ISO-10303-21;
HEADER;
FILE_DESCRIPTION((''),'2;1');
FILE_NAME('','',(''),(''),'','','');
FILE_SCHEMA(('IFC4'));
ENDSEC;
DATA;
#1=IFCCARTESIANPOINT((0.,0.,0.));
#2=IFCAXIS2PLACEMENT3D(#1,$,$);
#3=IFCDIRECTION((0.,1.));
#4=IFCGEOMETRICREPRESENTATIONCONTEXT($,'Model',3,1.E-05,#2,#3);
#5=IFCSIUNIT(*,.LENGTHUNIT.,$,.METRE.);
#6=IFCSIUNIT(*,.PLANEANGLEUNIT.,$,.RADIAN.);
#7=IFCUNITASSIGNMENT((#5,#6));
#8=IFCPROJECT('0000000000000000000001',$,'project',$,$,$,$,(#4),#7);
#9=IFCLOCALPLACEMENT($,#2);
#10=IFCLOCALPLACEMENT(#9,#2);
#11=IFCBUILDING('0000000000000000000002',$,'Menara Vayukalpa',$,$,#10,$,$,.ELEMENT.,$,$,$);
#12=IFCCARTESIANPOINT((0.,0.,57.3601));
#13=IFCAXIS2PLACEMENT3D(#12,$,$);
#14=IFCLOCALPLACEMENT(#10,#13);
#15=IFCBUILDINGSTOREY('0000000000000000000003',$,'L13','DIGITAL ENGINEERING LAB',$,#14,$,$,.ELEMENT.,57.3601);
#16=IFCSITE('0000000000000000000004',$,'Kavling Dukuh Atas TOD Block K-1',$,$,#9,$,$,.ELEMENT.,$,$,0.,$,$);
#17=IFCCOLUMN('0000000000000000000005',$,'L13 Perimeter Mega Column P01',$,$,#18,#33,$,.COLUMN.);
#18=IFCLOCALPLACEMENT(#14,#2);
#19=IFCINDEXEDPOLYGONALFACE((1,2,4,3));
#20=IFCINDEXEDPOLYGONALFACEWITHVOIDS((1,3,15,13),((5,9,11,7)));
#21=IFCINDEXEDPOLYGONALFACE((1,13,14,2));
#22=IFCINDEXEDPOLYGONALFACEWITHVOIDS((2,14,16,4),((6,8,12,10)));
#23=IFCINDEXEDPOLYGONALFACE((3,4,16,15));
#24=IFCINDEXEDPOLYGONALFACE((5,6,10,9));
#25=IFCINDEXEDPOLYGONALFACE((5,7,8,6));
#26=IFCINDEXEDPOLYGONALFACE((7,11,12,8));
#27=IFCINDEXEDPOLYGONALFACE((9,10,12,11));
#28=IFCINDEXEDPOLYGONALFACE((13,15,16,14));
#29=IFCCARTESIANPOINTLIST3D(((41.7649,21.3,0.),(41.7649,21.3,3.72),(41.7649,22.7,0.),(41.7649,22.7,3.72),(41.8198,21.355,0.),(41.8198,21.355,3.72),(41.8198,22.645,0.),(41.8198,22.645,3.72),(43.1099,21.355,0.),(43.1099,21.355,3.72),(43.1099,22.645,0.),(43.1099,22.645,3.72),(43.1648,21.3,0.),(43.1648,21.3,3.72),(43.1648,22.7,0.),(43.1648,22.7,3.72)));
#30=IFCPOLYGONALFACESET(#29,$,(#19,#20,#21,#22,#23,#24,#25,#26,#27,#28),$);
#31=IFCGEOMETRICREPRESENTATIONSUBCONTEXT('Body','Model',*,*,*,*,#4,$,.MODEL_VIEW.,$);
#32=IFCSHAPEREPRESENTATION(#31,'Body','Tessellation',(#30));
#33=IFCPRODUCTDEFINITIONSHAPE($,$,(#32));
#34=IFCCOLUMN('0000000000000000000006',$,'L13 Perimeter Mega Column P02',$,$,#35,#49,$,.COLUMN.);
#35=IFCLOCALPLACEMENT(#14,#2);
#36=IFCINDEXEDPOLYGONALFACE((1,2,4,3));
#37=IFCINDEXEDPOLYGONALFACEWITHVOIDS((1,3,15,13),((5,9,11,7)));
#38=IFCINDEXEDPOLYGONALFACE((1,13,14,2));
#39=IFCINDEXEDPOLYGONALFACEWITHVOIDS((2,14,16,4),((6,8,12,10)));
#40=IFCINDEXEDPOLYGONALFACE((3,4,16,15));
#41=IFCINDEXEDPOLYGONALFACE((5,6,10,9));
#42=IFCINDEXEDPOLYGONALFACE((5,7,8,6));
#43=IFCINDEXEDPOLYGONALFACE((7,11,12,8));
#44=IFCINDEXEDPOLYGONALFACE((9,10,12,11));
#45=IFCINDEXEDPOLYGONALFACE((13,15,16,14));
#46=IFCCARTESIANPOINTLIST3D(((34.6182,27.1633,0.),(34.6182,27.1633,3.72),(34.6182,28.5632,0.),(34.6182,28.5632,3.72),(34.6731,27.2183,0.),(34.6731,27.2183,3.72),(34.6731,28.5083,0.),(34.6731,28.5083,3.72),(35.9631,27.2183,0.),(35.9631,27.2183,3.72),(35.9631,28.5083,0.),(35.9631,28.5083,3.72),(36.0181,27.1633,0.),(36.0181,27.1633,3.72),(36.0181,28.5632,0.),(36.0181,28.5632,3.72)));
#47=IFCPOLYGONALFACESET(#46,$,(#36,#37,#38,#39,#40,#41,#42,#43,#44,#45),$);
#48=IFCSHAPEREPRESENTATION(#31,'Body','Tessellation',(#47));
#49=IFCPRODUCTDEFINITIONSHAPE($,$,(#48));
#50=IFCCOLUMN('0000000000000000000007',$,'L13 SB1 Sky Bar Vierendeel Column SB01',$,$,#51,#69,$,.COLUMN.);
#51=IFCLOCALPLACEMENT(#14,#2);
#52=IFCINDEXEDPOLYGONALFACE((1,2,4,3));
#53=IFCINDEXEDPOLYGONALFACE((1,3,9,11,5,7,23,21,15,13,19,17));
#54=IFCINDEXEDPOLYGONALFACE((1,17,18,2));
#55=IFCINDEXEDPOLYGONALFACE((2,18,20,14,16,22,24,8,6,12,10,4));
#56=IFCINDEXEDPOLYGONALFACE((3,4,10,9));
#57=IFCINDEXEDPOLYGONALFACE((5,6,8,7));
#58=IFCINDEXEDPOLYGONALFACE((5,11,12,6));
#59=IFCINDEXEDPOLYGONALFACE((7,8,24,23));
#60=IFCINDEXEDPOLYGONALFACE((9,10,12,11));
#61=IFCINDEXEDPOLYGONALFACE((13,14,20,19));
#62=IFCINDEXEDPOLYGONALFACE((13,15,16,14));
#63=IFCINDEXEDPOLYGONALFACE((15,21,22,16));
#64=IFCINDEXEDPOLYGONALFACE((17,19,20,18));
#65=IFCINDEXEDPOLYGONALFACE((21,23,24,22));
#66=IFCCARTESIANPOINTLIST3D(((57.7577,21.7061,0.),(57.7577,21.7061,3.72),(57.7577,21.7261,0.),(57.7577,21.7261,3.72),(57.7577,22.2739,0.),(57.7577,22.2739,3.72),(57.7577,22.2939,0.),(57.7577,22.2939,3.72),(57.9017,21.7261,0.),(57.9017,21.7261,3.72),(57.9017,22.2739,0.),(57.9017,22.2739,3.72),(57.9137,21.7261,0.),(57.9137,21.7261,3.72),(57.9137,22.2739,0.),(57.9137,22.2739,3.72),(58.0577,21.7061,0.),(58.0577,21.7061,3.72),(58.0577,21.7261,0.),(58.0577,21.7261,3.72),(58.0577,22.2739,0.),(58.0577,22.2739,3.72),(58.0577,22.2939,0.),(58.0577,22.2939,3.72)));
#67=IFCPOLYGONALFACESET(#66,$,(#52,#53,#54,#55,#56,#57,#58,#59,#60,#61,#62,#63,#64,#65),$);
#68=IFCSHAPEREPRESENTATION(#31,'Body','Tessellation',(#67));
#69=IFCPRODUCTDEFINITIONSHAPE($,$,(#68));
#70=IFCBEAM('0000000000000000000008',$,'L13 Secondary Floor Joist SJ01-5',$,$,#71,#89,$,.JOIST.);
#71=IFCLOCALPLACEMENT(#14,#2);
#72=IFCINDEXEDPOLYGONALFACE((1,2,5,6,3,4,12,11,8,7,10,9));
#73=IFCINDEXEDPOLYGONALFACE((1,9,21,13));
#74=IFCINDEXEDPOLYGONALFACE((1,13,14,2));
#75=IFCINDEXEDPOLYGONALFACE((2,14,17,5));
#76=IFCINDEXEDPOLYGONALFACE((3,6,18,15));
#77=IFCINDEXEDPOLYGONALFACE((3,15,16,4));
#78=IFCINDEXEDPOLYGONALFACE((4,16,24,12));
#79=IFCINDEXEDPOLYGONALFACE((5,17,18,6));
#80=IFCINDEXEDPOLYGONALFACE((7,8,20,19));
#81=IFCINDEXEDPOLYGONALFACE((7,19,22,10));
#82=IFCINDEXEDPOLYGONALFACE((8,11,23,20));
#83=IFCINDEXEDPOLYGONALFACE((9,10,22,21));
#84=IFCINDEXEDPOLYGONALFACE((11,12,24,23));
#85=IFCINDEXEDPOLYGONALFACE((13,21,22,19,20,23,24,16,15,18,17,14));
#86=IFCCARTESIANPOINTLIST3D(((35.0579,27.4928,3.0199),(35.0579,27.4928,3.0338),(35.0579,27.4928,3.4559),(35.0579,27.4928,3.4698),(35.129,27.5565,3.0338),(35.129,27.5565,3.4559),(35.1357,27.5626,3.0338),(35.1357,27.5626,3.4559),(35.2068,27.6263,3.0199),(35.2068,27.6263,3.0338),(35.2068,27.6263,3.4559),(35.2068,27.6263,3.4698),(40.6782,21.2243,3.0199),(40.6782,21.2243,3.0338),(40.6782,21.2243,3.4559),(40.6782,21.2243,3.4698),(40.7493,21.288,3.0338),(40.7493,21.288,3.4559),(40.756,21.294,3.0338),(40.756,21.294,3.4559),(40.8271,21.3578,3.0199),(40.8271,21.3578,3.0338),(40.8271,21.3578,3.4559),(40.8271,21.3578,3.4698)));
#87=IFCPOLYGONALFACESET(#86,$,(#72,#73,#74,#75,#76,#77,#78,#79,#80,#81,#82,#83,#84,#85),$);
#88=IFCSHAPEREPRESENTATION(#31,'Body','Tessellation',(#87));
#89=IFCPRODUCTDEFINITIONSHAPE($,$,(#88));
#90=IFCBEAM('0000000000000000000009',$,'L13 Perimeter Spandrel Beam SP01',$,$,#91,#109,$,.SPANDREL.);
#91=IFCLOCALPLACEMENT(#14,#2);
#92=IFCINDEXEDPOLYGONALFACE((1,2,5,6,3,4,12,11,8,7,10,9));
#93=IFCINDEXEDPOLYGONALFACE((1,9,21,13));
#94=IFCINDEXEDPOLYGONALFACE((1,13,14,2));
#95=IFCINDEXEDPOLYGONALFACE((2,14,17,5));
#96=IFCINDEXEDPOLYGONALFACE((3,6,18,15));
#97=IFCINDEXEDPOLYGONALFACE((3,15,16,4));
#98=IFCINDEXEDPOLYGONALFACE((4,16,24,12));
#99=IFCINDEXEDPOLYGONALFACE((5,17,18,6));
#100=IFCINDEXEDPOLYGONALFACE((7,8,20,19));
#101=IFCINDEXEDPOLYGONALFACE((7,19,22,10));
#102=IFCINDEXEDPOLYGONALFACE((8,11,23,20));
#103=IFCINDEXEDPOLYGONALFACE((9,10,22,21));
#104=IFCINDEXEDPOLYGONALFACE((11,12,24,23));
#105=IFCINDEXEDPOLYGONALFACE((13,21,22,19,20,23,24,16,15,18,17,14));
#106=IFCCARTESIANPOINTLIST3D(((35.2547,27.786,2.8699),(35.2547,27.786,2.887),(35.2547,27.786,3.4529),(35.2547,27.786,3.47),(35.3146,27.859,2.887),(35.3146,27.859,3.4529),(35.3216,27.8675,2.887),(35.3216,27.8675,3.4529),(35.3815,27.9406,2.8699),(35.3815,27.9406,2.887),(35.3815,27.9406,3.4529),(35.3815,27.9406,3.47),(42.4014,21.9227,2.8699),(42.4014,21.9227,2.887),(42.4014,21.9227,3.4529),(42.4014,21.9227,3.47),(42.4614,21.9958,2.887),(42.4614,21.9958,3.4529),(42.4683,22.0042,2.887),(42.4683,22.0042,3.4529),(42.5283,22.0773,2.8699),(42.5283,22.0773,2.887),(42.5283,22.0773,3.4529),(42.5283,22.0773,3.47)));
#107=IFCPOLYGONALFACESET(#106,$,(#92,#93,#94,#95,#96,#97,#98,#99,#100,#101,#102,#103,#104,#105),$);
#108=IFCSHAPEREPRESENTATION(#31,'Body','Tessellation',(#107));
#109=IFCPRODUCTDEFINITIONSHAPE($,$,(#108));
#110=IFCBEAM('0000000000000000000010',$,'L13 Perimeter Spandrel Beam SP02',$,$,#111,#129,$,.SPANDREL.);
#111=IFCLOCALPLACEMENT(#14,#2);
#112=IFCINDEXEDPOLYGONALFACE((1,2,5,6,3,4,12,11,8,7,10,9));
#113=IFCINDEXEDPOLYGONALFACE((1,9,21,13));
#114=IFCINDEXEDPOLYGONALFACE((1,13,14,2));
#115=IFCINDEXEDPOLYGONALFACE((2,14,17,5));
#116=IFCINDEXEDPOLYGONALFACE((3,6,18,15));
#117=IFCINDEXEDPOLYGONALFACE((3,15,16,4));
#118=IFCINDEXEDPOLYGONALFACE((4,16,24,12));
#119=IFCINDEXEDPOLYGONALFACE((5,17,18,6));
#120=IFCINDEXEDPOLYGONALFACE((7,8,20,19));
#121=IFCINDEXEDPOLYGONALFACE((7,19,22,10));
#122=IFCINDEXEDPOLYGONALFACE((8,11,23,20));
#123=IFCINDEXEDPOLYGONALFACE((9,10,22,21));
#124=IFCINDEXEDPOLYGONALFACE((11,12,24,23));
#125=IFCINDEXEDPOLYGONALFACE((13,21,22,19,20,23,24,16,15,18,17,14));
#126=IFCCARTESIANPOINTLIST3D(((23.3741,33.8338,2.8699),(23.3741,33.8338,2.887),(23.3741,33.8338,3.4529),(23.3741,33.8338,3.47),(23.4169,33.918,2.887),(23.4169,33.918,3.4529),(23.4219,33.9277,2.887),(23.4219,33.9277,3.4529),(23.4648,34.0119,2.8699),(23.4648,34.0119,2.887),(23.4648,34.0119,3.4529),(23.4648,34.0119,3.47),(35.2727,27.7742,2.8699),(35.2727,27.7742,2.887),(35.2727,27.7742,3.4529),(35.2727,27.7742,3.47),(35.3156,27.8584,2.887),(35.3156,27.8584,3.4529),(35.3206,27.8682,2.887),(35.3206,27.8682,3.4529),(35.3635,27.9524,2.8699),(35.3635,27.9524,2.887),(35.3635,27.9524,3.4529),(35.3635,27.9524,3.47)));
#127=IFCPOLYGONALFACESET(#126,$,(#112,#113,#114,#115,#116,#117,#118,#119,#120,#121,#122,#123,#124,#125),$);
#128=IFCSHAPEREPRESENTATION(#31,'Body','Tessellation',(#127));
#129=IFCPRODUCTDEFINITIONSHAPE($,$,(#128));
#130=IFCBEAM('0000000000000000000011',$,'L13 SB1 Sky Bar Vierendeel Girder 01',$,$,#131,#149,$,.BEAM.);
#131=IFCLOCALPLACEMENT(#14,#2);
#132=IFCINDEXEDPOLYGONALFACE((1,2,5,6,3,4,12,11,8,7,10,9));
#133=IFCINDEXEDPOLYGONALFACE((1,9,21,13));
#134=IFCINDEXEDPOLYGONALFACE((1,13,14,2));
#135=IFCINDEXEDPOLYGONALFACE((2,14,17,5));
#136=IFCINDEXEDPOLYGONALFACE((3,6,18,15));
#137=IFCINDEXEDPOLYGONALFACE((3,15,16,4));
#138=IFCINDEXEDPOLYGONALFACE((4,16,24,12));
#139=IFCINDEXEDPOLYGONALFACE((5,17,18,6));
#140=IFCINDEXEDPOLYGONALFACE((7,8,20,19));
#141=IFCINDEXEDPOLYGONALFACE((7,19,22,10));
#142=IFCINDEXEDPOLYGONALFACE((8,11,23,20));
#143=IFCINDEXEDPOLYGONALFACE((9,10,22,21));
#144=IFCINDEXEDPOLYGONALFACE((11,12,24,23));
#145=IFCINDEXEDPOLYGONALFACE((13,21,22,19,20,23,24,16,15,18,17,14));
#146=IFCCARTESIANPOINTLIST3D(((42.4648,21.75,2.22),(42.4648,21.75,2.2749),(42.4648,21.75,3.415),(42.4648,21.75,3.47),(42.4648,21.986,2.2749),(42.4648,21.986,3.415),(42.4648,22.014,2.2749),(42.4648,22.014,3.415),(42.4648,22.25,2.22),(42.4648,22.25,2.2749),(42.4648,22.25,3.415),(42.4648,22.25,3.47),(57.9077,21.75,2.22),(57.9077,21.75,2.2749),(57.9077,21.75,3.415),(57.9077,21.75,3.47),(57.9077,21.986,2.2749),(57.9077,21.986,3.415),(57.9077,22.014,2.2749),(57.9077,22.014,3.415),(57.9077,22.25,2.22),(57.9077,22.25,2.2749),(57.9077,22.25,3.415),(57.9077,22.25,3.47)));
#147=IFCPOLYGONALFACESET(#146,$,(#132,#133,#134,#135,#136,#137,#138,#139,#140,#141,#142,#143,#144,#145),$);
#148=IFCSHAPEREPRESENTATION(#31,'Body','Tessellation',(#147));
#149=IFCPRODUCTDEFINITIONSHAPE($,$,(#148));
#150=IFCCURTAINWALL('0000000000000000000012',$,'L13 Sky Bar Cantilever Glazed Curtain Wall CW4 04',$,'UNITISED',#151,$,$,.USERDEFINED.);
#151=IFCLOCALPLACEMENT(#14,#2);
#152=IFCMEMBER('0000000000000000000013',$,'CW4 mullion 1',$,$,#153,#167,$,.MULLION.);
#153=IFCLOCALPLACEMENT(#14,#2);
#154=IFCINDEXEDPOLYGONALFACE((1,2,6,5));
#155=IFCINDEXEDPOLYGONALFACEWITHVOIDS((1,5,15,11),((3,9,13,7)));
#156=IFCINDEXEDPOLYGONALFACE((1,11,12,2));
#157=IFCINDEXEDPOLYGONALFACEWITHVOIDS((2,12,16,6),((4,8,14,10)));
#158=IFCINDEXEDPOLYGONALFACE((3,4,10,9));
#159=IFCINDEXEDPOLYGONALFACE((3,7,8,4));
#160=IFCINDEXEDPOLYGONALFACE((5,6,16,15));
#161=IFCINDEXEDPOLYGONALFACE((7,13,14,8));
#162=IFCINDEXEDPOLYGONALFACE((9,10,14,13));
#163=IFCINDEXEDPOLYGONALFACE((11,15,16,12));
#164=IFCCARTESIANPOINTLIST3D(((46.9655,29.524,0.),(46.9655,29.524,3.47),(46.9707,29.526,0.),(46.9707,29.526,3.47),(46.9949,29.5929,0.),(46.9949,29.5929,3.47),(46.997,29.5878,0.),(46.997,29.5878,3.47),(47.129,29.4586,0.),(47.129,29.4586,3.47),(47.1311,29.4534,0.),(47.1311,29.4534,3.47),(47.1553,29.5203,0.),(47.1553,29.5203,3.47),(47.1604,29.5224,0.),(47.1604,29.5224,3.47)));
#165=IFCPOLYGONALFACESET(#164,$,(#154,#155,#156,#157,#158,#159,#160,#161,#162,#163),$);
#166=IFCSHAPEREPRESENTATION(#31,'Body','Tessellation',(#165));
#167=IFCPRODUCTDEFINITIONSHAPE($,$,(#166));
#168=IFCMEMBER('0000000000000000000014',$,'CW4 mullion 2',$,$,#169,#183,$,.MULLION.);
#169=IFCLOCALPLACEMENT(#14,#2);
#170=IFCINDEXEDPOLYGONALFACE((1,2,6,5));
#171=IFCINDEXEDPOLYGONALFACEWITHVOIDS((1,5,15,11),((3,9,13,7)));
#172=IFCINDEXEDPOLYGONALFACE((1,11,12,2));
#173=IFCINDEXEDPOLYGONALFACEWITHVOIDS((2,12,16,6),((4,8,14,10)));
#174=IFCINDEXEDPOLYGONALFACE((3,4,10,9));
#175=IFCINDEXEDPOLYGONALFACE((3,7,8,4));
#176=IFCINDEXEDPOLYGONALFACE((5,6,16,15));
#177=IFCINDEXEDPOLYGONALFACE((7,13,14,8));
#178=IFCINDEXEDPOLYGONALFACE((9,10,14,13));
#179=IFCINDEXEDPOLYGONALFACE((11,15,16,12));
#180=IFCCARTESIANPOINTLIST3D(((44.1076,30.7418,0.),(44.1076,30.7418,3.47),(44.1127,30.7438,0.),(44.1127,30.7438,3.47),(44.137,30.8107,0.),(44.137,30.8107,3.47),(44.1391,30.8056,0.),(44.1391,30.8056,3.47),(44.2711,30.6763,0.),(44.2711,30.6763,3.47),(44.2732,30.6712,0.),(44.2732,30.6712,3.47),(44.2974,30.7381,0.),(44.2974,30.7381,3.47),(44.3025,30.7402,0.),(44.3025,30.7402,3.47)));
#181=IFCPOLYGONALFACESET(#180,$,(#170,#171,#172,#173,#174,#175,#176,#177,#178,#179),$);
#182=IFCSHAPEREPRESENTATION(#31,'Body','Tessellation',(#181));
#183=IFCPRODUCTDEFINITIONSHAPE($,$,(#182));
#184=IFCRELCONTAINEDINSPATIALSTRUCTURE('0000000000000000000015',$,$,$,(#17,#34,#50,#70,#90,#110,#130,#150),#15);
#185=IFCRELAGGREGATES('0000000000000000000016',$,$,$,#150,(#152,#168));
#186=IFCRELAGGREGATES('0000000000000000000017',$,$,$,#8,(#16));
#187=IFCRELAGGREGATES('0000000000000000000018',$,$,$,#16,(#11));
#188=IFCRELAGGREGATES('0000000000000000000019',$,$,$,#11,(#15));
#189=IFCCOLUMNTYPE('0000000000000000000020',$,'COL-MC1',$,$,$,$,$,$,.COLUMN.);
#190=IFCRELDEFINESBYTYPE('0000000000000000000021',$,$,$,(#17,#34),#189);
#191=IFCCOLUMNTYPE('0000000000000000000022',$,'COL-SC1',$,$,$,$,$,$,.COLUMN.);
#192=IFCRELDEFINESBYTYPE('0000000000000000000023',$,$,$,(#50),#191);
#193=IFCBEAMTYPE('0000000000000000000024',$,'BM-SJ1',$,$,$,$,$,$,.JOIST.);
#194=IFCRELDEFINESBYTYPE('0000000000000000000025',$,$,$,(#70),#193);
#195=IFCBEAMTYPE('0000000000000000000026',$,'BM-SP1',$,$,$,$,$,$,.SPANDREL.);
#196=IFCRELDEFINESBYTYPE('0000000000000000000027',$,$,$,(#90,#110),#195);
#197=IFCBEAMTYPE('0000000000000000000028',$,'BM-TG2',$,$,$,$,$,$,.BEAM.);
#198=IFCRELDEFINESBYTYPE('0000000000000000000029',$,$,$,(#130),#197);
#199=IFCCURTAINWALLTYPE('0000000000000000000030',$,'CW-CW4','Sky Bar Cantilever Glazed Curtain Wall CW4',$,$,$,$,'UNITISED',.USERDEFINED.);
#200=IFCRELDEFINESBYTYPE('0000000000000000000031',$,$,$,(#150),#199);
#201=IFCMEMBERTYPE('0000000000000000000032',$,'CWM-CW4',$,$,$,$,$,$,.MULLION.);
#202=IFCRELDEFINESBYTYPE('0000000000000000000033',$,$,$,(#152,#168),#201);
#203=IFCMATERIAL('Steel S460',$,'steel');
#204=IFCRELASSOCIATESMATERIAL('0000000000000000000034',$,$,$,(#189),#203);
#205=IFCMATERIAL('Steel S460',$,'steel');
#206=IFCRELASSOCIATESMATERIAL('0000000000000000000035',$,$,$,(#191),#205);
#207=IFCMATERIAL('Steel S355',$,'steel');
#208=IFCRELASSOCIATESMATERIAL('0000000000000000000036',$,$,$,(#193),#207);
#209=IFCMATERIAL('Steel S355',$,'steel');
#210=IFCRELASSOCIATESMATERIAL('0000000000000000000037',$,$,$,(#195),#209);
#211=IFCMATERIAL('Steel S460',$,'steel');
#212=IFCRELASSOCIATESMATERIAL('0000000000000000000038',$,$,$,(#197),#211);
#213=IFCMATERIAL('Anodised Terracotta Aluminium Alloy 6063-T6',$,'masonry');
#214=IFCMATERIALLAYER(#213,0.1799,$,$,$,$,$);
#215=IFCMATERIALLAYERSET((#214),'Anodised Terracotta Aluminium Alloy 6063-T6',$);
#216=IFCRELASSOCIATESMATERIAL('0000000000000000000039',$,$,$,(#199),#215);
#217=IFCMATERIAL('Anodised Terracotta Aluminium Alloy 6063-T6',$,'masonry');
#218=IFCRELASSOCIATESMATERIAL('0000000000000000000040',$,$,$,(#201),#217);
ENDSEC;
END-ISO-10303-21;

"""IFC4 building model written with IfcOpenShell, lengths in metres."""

from ifc_helpers import new_model, si_unit, direction, frame, origin, origin_2d, place, context, subcontext, project, spatial, hollow_rectangle, i_section, extrude, material, layer, layer_set, material_profile, profile_set, type_object, element, aggregate, save


model = new_model("IFC4")

# Units and contexts
model_context = context("Model", 3, precision=1e-05, world=origin(), true_north=direction((0.0, 1.0)))
body_context = subcontext(model_context, "Body", "Model", "MODEL_VIEW")
ifc_project = project(units=[si_unit("LENGTHUNIT", "METRE"), si_unit("PLANEANGLEUNIT", "RADIAN")], contexts=[model_context])

# Site, building, storey
site_placement = place(None, origin())
site = spatial("IfcSite", under=ifc_project, at=site_placement, Name="Kavling Dukuh Atas TOD Block K-1", CompositionType="ELEMENT", RefElevation=0.0)
building_placement = place(site_placement, origin())
building = spatial("IfcBuilding", under=site, at=building_placement, Name="Menara Vayukalpa", CompositionType="ELEMENT")
storey_placement = place(building_placement, frame((0.0, 0.0, 57.3601)))
storey = spatial("IfcBuildingStorey", under=building, at=storey_placement, Name="L13", Description="DIGITAL ENGINEERING LAB", CompositionType="ELEMENT", Elevation=57.3601)

# Columns
ifc_material_1 = material(Name="Steel S460", Category="steel")
ifc_material_profile_1 = material_profile(ifc_material_1, hollow_rectangle(XDim=1.3999, YDim=1.3999, WallThickness=0.0549, at=origin_2d()), Name="BOX 1400x1400x55")
ifc_profile_set_1 = profile_set([ifc_material_profile_1], Name="Steel S460")
column_type_1 = type_object("IfcColumnType", Name="COL-MC1", PredefinedType="COLUMN", material=ifc_profile_set_1)
for number, where, z_axis, x_axis, name in (
    (1, (42.4648, 22.0, 0.0), (0.0, 0.0, 1.0), (1.0, 0.0, 0.0), "L13 Perimeter Mega Column P01"),
    (2, (35.3181, 27.8633, 0.0), (0.0, 0.0, 1.0), (1.0, 0.0, 0.0), "L13 Perimeter Mega Column P02"),
):
    element("IfcColumn", number, at=place(storey_placement, frame(where, z_axis=z_axis, x_axis=x_axis)), inside=storey, type_object=column_type_1, Name=name, PredefinedType="COLUMN", context=body_context, shape_type="SweptSolid", body=[
        extrude(hollow_rectangle(XDim=1.3999, YDim=1.3999, WallThickness=0.0549, at=origin_2d()), origin(), (0.0, 0.0, 1.0), 3.72),
    ])
ifc_material_2 = material(Name="Steel S460", Category="steel")
ifc_material_profile_2 = material_profile(ifc_material_2, i_section(OverallWidth=0.3, OverallDepth=0.5879, WebThickness=0.012, FlangeThickness=0.02, at=origin_2d()), Name="H 588x300x12x20")
ifc_profile_set_2 = profile_set([ifc_material_profile_2], Name="Steel S460")
column_type_2 = type_object("IfcColumnType", Name="COL-SC1", PredefinedType="COLUMN", material=ifc_profile_set_2)
column_placement = place(storey_placement, frame((57.9077, 22.0, 0.0), z_axis=(0.0, 0.0, 1.0), x_axis=(1.0, 0.0, 0.0)))
element("IfcColumn", 3, at=column_placement, inside=storey, type_object=column_type_2, Name="L13 SB1 Sky Bar Vierendeel Column SB01", PredefinedType="COLUMN", context=body_context, shape_type="SweptSolid", body=[
    extrude(i_section(OverallWidth=0.3, OverallDepth=0.5879, WebThickness=0.012, FlangeThickness=0.02, at=origin_2d()), origin(), (0.0, 0.0, 1.0), 3.72),
])

# Beams
ifc_material_3 = material(Name="Steel S355", Category="steel")
ifc_material_profile_3 = material_profile(ifc_material_3, i_section(OverallWidth=0.2, OverallDepth=0.45, WebThickness=0.009, FlangeThickness=0.0139, at=origin_2d()), Name="WF 450x200x9x14")
ifc_profile_set_3 = profile_set([ifc_material_profile_3], Name="Steel S355")
beam_type_1 = type_object("IfcBeamType", Name="BM-SJ1", PredefinedType="JOIST", material=ifc_profile_set_3)
beam_1_placement = place(storey_placement, frame((40.7527, 21.291, 3.2449), z_axis=(-0.667563, 0.744553, 0.0), x_axis=(-0.744553, -0.667563, 0.0)))
element("IfcBeam", 4, at=beam_1_placement, inside=storey, type_object=beam_type_1, Name="L13 Secondary Floor Joist SJ01-5", PredefinedType="JOIST", context=body_context, shape_type="SweptSolid", body=[
    extrude(i_section(OverallWidth=0.2, OverallDepth=0.45, WebThickness=0.009, FlangeThickness=0.0139, at=origin_2d()), origin(), (0.0, 0.0, 1.0), 8.4192),
])
ifc_material_4 = material(Name="Steel S355", Category="steel")
ifc_material_profile_4 = material_profile(ifc_material_4, i_section(OverallWidth=0.2, OverallDepth=0.6001, WebThickness=0.011, FlangeThickness=0.0171, at=origin_2d()), Name="WF 600x200x11x17")
ifc_profile_set_4 = profile_set([ifc_material_profile_4], Name="Steel S355")
beam_type_2 = type_object("IfcBeamType", Name="BM-SP1", PredefinedType="SPANDREL", material=ifc_profile_set_4)
beam_2_placement = place(storey_placement, frame((42.4648, 22.0, 3.1699), z_axis=(-0.773111, 0.634271, 0.0), x_axis=(-0.634271, -0.773111, 0.0)))
element("IfcBeam", 5, at=beam_2_placement, inside=storey, type_object=beam_type_2, Name="L13 Perimeter Spandrel Beam SP01", PredefinedType="SPANDREL", context=body_context, shape_type="SweptSolid", body=[
    extrude(i_section(OverallWidth=0.2, OverallDepth=0.6001, WebThickness=0.011, FlangeThickness=0.0171, at=origin_2d()), origin(), (0.0, 0.0, 1.0), 9.2441),
])
beam_3_placement = place(storey_placement, frame((35.3181, 27.8633, 3.1699), z_axis=(-0.891101, 0.453806, 0.0), x_axis=(-0.453806, -0.891101, 0.0)))
element("IfcBeam", 6, at=beam_3_placement, inside=storey, type_object=beam_type_2, Name="L13 Perimeter Spandrel Beam SP02", PredefinedType="SPANDREL", context=body_context, shape_type="SweptSolid", body=[
    extrude(i_section(OverallWidth=0.2, OverallDepth=0.6001, WebThickness=0.011, FlangeThickness=0.0171, at=origin_2d()), origin(), (0.0, 0.0, 1.0), 13.3528),
])
ifc_material_5 = material(Name="Steel S460", Category="steel")
ifc_material_profile_5 = material_profile(ifc_material_5, i_section(OverallWidth=0.5, OverallDepth=1.25, WebThickness=0.0281, FlangeThickness=0.0549, at=origin_2d()), Name="WG 1250x500x28x55")
ifc_profile_set_5 = profile_set([ifc_material_profile_5], Name="Steel S460")
beam_type_3 = type_object("IfcBeamType", Name="BM-TG2", PredefinedType="BEAM", material=ifc_profile_set_5)
beam_4_placement = place(storey_placement, frame((42.4648, 22.0, 2.845), z_axis=(1.0, 0.0, 0.0), x_axis=(0.0, 1.0, 0.0)))
element("IfcBeam", 7, at=beam_4_placement, inside=storey, type_object=beam_type_3, Name="L13 SB1 Sky Bar Vierendeel Girder 01", PredefinedType="BEAM", context=body_context, shape_type="SweptSolid", body=[
    extrude(i_section(OverallWidth=0.5, OverallDepth=1.25, WebThickness=0.0281, FlangeThickness=0.0549, at=origin_2d()), origin(), (0.0, 0.0, 1.0), 15.4429),
])

# Curtain wall, members
ifc_material_6 = material(Name="Anodised Terracotta Aluminium Alloy 6063-T6", Category="masonry")
ifc_layer_1 = layer(ifc_material_6, 0.1799)
ifc_layer_set_1 = layer_set([ifc_layer_1], Name="Anodised Terracotta Aluminium Alloy 6063-T6")
curtain_wall_type = type_object("IfcCurtainWallType", Name="CW-CW4", Description="Sky Bar Cantilever Glazed Curtain Wall CW4", ElementType="UNITISED", PredefinedType="USERDEFINED", material=ifc_layer_set_1)
curtain_wall_1_placement = place(storey_placement, origin())
curtain_wall_1 = element("IfcCurtainWall", 8, at=curtain_wall_1_placement, inside=storey, type_object=curtain_wall_type, Name="L13 Sky Bar Cantilever Glazed Curtain Wall CW4 04", ObjectType="UNITISED", PredefinedType="USERDEFINED")
ifc_material_7 = material(Name="Anodised Terracotta Aluminium Alloy 6063-T6", Category="masonry")
ifc_material_profile_6 = material_profile(ifc_material_7, hollow_rectangle(XDim=0.075, YDim=0.1799, WallThickness=0.0039, at=origin_2d()), Name="ALU 75x180x4")
ifc_profile_set_6 = profile_set([ifc_material_profile_6], Name="Anodised Terracotta Aluminium Alloy 6063-T6")
member_type_1 = type_object("IfcMemberType", Name="CWM-CW4", PredefinedType="MULLION", material=ifc_profile_set_6)
member_1_placement = place(storey_placement, frame((47.063, 29.5232, 0.0), z_axis=(0.0, 0.0, 1.0), x_axis=(-0.392008, -0.919962, 0.0)))
member_1 = element("IfcMember", 9, at=member_1_placement, type_object=member_type_1, Name="CW4 mullion 1", PredefinedType="MULLION", context=body_context, shape_type="SweptSolid", body=[
    extrude(hollow_rectangle(XDim=0.075, YDim=0.1799, WallThickness=0.0039, at=origin_2d()), origin(), (0.0, 0.0, 1.0), 3.47),
])
member_2_placement = place(storey_placement, frame((44.2051, 30.741, 0.0), z_axis=(0.0, 0.0, 1.0), x_axis=(-0.392008, -0.919962, 0.0)))
member_2 = element("IfcMember", 10, at=member_2_placement, type_object=member_type_1, Name="CW4 mullion 2", PredefinedType="MULLION", context=body_context, shape_type="SweptSolid", body=[
    extrude(hollow_rectangle(XDim=0.075, YDim=0.1799, WallThickness=0.0039, at=origin_2d()), origin(), (0.0, 0.0, 1.0), 3.47),
])

aggregate(curtain_wall_1, [member_1, member_2])

save(model, "model.ifc")
